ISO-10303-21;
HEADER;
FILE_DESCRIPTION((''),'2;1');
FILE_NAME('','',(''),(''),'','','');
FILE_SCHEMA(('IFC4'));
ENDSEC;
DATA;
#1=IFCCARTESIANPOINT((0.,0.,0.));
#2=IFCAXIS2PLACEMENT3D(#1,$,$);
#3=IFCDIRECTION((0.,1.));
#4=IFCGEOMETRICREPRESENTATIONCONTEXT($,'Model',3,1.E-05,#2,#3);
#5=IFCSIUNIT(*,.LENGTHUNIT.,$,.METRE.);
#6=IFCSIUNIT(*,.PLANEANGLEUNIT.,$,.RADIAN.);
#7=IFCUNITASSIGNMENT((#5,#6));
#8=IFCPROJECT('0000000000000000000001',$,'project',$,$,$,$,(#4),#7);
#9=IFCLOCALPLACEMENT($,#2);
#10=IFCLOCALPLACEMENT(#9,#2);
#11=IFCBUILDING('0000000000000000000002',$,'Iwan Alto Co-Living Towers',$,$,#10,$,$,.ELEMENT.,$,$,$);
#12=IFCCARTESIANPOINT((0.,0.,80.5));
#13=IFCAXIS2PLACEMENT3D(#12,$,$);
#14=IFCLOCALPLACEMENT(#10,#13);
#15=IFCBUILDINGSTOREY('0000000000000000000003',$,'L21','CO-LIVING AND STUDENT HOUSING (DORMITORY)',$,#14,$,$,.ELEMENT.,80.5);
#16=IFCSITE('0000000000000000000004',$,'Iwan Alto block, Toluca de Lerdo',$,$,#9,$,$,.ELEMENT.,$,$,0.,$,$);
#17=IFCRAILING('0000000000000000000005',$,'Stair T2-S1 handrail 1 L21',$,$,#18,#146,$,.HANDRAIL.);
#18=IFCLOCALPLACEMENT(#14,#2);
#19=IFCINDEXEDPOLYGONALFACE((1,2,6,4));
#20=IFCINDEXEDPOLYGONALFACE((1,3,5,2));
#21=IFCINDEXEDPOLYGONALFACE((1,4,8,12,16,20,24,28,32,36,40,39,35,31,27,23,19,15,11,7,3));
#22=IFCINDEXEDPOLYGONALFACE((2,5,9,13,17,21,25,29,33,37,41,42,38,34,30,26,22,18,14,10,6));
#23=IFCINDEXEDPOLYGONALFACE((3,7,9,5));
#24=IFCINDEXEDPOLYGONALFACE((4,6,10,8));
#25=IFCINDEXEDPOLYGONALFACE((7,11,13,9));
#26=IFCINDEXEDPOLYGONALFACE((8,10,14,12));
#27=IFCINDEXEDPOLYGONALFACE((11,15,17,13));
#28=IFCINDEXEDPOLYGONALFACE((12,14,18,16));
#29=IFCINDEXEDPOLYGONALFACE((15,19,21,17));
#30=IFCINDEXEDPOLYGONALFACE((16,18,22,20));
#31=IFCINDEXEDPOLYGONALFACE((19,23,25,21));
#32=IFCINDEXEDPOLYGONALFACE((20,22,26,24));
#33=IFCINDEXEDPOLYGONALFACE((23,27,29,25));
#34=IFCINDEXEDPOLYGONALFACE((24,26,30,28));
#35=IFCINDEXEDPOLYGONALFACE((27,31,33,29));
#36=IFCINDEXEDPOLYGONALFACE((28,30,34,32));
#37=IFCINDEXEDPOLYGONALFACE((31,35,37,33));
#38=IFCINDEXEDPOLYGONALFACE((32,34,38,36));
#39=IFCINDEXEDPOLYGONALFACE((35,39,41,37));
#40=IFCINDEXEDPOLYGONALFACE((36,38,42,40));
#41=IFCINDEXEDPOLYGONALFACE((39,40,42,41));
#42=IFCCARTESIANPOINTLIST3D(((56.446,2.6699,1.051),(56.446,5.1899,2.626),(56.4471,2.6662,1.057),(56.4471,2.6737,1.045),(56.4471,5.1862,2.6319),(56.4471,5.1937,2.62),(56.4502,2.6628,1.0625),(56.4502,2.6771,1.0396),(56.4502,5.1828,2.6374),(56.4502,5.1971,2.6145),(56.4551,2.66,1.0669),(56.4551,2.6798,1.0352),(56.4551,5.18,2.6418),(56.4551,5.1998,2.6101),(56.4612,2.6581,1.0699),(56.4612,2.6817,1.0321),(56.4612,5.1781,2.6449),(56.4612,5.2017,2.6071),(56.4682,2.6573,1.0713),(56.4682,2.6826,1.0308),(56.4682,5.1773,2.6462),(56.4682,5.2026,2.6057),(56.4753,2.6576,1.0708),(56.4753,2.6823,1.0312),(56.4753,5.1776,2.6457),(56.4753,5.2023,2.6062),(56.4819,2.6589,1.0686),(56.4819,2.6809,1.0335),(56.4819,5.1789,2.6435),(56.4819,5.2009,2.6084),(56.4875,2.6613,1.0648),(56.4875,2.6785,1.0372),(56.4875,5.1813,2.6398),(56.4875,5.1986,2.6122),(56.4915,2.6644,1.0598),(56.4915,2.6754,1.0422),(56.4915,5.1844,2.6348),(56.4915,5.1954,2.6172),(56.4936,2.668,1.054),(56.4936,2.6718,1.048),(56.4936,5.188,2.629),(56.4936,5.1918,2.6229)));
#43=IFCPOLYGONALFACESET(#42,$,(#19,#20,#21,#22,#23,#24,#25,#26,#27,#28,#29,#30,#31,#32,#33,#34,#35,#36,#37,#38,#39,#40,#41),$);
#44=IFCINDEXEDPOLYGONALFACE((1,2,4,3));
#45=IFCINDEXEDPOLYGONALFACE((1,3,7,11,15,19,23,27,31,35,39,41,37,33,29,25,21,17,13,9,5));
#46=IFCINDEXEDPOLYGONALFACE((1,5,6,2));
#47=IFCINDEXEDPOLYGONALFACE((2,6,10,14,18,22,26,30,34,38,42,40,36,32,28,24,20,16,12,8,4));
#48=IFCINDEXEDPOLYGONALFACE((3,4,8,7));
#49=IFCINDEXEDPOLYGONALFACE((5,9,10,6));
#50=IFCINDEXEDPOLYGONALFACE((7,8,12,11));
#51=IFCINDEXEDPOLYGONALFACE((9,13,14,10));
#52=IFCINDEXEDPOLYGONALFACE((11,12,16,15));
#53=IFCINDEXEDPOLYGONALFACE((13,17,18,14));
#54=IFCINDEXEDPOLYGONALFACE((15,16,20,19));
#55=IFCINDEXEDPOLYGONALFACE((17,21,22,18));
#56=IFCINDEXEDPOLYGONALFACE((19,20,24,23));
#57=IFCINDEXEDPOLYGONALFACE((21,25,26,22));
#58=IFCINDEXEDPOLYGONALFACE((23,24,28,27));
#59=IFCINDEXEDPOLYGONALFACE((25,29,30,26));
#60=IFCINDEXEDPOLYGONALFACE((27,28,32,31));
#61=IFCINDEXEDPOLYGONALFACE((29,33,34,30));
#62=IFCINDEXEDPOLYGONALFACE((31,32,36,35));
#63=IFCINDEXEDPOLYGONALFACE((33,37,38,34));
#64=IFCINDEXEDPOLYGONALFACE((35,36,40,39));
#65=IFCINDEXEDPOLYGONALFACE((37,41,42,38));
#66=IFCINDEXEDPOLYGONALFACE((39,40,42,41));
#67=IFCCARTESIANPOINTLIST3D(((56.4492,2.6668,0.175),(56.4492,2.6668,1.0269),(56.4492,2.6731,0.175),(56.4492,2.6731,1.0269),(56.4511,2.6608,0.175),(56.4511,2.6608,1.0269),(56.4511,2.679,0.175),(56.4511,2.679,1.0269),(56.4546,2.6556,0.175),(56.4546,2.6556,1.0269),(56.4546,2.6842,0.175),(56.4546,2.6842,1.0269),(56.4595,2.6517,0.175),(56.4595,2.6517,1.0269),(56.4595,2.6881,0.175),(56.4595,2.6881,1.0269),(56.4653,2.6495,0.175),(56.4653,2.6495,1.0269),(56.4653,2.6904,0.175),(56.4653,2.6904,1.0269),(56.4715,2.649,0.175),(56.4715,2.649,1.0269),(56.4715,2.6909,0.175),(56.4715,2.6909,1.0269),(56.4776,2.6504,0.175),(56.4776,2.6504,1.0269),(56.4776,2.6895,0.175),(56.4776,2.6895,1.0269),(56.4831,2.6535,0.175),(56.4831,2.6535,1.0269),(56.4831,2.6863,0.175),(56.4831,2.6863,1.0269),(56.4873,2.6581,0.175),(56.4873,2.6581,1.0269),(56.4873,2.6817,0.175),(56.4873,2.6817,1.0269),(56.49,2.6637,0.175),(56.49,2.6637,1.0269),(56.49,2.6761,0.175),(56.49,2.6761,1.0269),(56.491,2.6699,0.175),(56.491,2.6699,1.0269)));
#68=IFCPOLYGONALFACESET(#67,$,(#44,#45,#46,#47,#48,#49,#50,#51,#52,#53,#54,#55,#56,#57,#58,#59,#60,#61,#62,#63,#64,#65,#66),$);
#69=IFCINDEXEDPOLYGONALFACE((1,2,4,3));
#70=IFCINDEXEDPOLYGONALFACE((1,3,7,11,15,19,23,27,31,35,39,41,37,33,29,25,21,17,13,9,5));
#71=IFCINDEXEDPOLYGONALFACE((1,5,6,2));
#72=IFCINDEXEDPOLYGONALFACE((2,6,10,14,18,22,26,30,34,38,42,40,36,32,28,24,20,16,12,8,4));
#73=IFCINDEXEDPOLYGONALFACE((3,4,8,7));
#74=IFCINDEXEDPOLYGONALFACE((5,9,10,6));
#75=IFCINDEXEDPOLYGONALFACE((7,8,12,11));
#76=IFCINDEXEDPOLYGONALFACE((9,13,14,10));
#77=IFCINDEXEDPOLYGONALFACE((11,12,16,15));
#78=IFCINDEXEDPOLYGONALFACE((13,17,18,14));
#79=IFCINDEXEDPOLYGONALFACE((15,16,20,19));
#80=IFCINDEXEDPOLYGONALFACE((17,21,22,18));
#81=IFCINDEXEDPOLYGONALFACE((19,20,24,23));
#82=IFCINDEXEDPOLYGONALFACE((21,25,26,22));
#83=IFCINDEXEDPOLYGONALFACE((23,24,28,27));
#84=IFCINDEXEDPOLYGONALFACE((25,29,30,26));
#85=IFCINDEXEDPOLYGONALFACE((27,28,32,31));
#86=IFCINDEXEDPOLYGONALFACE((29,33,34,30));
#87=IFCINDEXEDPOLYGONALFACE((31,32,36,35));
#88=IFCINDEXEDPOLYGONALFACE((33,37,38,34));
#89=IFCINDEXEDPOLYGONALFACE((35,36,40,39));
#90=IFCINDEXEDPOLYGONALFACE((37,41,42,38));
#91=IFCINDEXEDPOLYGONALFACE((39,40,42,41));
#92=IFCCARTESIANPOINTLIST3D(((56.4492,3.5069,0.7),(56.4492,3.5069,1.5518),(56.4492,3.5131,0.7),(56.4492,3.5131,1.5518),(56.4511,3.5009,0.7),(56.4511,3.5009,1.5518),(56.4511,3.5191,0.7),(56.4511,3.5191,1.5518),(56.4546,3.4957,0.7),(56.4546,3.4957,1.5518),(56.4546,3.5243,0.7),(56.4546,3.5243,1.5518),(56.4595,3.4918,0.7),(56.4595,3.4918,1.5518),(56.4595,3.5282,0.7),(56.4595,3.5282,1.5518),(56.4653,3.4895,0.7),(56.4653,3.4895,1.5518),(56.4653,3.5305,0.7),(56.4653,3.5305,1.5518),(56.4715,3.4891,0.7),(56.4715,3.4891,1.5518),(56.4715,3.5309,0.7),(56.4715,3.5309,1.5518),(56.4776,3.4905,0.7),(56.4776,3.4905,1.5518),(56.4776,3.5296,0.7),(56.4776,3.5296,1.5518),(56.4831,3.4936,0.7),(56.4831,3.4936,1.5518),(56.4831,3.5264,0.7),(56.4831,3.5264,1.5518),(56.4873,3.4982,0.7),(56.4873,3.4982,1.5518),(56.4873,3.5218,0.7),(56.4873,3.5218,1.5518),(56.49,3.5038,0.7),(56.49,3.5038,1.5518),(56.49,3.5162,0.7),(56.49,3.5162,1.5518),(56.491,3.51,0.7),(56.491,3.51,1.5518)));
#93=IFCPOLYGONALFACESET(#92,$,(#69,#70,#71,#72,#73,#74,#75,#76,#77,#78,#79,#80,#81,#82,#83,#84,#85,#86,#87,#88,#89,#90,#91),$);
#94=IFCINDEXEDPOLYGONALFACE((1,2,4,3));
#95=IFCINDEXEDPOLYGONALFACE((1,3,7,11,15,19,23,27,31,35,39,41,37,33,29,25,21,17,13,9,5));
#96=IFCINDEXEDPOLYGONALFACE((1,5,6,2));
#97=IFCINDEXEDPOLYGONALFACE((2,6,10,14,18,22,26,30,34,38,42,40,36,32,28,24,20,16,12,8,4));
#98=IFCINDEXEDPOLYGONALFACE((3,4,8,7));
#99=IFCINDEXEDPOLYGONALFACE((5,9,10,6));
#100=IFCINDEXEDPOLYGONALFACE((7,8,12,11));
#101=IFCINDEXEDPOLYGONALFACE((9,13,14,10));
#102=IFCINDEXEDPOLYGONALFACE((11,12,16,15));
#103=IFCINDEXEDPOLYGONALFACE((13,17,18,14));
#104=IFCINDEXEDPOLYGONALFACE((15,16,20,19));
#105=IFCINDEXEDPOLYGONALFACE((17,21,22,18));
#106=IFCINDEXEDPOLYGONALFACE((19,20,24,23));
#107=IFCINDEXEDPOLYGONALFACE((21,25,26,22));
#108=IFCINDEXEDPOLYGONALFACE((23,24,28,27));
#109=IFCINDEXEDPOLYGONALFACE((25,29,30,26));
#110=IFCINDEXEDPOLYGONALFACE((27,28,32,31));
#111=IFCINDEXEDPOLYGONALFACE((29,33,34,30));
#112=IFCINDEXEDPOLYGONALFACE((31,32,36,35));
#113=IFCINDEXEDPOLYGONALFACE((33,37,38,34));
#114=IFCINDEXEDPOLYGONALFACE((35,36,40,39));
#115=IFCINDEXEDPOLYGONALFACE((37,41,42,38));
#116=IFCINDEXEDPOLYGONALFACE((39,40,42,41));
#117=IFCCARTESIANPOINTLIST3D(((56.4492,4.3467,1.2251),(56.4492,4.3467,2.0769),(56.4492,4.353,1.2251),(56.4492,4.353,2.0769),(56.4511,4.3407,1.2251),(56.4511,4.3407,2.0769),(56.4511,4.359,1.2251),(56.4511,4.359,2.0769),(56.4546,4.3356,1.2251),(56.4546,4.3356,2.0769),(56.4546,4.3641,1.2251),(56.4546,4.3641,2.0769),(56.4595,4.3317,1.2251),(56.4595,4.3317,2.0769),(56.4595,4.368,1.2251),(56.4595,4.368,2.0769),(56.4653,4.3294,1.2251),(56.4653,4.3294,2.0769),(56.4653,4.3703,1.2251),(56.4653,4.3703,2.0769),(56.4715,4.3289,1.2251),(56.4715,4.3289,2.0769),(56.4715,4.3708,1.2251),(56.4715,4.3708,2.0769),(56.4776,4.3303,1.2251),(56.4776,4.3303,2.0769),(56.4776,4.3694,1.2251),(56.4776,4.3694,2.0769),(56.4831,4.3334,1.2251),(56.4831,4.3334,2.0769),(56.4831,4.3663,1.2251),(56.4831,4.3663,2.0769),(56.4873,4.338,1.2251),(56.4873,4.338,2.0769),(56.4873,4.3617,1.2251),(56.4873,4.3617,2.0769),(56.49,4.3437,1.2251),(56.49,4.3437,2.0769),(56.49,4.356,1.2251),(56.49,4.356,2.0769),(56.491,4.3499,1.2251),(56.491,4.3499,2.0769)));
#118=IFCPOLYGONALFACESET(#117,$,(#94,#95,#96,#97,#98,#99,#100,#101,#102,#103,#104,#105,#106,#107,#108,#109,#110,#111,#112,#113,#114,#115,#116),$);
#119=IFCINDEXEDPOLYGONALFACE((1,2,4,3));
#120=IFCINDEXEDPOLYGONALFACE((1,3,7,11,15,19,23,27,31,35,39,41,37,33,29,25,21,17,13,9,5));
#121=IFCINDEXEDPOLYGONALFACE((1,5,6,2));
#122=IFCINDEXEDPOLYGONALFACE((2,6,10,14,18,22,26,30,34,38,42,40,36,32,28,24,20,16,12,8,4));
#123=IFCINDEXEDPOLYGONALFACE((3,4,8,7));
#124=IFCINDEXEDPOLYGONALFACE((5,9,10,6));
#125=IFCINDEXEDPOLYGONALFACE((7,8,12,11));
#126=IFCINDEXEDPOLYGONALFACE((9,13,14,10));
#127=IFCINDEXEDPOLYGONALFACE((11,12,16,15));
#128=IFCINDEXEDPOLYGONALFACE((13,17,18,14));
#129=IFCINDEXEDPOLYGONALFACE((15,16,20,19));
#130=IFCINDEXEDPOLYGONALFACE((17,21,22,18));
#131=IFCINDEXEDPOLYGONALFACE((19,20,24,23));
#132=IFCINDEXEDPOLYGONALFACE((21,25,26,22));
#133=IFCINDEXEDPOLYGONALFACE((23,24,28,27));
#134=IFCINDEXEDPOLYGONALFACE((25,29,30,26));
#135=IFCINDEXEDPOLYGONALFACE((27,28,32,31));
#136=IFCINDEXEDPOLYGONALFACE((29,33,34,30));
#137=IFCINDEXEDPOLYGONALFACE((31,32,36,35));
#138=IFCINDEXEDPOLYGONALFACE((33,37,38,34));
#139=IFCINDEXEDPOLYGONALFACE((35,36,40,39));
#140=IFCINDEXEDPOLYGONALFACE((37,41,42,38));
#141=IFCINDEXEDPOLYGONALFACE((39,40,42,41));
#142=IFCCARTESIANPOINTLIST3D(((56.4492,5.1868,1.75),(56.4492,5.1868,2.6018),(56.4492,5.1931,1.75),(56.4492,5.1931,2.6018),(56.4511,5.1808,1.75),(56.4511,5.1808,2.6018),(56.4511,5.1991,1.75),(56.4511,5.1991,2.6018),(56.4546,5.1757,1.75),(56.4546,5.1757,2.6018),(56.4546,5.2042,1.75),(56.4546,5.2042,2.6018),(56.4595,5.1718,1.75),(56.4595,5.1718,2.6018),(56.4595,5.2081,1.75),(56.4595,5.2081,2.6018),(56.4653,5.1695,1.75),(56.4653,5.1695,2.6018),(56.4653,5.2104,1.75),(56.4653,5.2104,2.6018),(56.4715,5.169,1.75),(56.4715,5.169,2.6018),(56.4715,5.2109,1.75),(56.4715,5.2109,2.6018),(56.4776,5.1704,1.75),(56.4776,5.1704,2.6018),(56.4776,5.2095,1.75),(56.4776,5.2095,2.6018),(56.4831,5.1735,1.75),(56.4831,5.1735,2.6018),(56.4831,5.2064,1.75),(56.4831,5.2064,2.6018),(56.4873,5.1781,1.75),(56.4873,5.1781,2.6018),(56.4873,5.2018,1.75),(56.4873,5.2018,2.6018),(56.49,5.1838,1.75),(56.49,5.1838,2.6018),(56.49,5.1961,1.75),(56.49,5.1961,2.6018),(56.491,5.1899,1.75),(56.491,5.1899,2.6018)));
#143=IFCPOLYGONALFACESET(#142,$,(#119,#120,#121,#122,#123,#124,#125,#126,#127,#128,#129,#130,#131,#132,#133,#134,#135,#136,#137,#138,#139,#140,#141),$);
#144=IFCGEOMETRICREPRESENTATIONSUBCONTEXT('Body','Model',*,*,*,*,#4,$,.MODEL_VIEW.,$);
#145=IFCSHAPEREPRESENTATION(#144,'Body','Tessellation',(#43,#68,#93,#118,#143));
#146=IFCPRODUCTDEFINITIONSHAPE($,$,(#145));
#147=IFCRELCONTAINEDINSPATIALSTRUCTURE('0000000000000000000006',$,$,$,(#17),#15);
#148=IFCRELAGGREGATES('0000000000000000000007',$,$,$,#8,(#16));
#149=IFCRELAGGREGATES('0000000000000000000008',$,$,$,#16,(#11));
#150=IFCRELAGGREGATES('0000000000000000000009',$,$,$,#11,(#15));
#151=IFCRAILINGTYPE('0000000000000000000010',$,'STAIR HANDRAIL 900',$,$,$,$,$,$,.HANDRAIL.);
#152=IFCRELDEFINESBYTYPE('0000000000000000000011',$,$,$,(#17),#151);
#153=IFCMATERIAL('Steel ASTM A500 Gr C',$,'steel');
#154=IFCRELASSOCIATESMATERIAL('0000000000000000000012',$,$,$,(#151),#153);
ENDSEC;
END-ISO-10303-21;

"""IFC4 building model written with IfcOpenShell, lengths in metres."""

from ifc_helpers import new_model, si_unit, direction, frame, origin, origin_2d, place, context, subcontext, project, spatial, circle, extrude, material, type_object, element, save


model = new_model("IFC4")

# Units and contexts
model_context = context("Model", 3, precision=1e-05, world=origin(), true_north=direction((0.0, 1.0)))
body_context = subcontext(model_context, "Body", "Model", "MODEL_VIEW")
ifc_project = project(units=[si_unit("LENGTHUNIT", "METRE"), si_unit("PLANEANGLEUNIT", "RADIAN")], contexts=[model_context])

# Site, building, storey
site_placement = place(None, origin())
site = spatial("IfcSite", under=ifc_project, at=site_placement, Name="Iwan Alto block, Toluca de Lerdo", CompositionType="ELEMENT", RefElevation=0.0)
building_placement = place(site_placement, origin())
building = spatial("IfcBuilding", under=site, at=building_placement, Name="Iwan Alto Co-Living Towers", CompositionType="ELEMENT")
storey_placement = place(building_placement, frame((0.0, 0.0, 80.5)))
storey = spatial("IfcBuildingStorey", under=building, at=storey_placement, Name="L21", Description="CO-LIVING AND STUDENT HOUSING (DORMITORY)", CompositionType="ELEMENT", Elevation=80.5)

# Railing
ifc_material_1 = material(Name="Steel ASTM A500 Gr C", Category="steel")
railing_type_1 = type_object("IfcRailingType", Name="STAIR HANDRAIL 900", PredefinedType="HANDRAIL", material=ifc_material_1)
railing_1_placement = place(storey_placement, frame((56.47, 2.6699, 0.175)))
element("IfcRailing", 1, at=railing_1_placement, inside=storey, type_object=railing_type_1, Name="Stair T2-S1 handrail 1 L21", PredefinedType="HANDRAIL", context=body_context, shape_type="SweptSolid", body=[
    extrude(circle(Radius=0.0239, at=origin_2d()), frame((0.0, 0.0, 0.876), z_axis=(0.0, 0.848008, 0.529984), x_axis=(-1.0, 0.0, 0.0)), (0.0, 0.0, 1.0), 2.9717),
    extrude(circle(Radius=0.021, at=origin_2d()), origin(), (0.0, 0.0, 1.0), 0.8518),
    extrude(circle(Radius=0.021, at=origin_2d()), frame((0.0, 0.8401, 0.5249)), (0.0, 0.0, 1.0), 0.8518),
    extrude(circle(Radius=0.021, at=origin_2d()), frame((0.0, 1.6799, 1.05)), (0.0, 0.0, 1.0), 0.8518),
    extrude(circle(Radius=0.021, at=origin_2d()), frame((0.0, 2.52, 1.575)), (0.0, 0.0, 1.0), 0.8518),
])

save(model, "model.ifc")
